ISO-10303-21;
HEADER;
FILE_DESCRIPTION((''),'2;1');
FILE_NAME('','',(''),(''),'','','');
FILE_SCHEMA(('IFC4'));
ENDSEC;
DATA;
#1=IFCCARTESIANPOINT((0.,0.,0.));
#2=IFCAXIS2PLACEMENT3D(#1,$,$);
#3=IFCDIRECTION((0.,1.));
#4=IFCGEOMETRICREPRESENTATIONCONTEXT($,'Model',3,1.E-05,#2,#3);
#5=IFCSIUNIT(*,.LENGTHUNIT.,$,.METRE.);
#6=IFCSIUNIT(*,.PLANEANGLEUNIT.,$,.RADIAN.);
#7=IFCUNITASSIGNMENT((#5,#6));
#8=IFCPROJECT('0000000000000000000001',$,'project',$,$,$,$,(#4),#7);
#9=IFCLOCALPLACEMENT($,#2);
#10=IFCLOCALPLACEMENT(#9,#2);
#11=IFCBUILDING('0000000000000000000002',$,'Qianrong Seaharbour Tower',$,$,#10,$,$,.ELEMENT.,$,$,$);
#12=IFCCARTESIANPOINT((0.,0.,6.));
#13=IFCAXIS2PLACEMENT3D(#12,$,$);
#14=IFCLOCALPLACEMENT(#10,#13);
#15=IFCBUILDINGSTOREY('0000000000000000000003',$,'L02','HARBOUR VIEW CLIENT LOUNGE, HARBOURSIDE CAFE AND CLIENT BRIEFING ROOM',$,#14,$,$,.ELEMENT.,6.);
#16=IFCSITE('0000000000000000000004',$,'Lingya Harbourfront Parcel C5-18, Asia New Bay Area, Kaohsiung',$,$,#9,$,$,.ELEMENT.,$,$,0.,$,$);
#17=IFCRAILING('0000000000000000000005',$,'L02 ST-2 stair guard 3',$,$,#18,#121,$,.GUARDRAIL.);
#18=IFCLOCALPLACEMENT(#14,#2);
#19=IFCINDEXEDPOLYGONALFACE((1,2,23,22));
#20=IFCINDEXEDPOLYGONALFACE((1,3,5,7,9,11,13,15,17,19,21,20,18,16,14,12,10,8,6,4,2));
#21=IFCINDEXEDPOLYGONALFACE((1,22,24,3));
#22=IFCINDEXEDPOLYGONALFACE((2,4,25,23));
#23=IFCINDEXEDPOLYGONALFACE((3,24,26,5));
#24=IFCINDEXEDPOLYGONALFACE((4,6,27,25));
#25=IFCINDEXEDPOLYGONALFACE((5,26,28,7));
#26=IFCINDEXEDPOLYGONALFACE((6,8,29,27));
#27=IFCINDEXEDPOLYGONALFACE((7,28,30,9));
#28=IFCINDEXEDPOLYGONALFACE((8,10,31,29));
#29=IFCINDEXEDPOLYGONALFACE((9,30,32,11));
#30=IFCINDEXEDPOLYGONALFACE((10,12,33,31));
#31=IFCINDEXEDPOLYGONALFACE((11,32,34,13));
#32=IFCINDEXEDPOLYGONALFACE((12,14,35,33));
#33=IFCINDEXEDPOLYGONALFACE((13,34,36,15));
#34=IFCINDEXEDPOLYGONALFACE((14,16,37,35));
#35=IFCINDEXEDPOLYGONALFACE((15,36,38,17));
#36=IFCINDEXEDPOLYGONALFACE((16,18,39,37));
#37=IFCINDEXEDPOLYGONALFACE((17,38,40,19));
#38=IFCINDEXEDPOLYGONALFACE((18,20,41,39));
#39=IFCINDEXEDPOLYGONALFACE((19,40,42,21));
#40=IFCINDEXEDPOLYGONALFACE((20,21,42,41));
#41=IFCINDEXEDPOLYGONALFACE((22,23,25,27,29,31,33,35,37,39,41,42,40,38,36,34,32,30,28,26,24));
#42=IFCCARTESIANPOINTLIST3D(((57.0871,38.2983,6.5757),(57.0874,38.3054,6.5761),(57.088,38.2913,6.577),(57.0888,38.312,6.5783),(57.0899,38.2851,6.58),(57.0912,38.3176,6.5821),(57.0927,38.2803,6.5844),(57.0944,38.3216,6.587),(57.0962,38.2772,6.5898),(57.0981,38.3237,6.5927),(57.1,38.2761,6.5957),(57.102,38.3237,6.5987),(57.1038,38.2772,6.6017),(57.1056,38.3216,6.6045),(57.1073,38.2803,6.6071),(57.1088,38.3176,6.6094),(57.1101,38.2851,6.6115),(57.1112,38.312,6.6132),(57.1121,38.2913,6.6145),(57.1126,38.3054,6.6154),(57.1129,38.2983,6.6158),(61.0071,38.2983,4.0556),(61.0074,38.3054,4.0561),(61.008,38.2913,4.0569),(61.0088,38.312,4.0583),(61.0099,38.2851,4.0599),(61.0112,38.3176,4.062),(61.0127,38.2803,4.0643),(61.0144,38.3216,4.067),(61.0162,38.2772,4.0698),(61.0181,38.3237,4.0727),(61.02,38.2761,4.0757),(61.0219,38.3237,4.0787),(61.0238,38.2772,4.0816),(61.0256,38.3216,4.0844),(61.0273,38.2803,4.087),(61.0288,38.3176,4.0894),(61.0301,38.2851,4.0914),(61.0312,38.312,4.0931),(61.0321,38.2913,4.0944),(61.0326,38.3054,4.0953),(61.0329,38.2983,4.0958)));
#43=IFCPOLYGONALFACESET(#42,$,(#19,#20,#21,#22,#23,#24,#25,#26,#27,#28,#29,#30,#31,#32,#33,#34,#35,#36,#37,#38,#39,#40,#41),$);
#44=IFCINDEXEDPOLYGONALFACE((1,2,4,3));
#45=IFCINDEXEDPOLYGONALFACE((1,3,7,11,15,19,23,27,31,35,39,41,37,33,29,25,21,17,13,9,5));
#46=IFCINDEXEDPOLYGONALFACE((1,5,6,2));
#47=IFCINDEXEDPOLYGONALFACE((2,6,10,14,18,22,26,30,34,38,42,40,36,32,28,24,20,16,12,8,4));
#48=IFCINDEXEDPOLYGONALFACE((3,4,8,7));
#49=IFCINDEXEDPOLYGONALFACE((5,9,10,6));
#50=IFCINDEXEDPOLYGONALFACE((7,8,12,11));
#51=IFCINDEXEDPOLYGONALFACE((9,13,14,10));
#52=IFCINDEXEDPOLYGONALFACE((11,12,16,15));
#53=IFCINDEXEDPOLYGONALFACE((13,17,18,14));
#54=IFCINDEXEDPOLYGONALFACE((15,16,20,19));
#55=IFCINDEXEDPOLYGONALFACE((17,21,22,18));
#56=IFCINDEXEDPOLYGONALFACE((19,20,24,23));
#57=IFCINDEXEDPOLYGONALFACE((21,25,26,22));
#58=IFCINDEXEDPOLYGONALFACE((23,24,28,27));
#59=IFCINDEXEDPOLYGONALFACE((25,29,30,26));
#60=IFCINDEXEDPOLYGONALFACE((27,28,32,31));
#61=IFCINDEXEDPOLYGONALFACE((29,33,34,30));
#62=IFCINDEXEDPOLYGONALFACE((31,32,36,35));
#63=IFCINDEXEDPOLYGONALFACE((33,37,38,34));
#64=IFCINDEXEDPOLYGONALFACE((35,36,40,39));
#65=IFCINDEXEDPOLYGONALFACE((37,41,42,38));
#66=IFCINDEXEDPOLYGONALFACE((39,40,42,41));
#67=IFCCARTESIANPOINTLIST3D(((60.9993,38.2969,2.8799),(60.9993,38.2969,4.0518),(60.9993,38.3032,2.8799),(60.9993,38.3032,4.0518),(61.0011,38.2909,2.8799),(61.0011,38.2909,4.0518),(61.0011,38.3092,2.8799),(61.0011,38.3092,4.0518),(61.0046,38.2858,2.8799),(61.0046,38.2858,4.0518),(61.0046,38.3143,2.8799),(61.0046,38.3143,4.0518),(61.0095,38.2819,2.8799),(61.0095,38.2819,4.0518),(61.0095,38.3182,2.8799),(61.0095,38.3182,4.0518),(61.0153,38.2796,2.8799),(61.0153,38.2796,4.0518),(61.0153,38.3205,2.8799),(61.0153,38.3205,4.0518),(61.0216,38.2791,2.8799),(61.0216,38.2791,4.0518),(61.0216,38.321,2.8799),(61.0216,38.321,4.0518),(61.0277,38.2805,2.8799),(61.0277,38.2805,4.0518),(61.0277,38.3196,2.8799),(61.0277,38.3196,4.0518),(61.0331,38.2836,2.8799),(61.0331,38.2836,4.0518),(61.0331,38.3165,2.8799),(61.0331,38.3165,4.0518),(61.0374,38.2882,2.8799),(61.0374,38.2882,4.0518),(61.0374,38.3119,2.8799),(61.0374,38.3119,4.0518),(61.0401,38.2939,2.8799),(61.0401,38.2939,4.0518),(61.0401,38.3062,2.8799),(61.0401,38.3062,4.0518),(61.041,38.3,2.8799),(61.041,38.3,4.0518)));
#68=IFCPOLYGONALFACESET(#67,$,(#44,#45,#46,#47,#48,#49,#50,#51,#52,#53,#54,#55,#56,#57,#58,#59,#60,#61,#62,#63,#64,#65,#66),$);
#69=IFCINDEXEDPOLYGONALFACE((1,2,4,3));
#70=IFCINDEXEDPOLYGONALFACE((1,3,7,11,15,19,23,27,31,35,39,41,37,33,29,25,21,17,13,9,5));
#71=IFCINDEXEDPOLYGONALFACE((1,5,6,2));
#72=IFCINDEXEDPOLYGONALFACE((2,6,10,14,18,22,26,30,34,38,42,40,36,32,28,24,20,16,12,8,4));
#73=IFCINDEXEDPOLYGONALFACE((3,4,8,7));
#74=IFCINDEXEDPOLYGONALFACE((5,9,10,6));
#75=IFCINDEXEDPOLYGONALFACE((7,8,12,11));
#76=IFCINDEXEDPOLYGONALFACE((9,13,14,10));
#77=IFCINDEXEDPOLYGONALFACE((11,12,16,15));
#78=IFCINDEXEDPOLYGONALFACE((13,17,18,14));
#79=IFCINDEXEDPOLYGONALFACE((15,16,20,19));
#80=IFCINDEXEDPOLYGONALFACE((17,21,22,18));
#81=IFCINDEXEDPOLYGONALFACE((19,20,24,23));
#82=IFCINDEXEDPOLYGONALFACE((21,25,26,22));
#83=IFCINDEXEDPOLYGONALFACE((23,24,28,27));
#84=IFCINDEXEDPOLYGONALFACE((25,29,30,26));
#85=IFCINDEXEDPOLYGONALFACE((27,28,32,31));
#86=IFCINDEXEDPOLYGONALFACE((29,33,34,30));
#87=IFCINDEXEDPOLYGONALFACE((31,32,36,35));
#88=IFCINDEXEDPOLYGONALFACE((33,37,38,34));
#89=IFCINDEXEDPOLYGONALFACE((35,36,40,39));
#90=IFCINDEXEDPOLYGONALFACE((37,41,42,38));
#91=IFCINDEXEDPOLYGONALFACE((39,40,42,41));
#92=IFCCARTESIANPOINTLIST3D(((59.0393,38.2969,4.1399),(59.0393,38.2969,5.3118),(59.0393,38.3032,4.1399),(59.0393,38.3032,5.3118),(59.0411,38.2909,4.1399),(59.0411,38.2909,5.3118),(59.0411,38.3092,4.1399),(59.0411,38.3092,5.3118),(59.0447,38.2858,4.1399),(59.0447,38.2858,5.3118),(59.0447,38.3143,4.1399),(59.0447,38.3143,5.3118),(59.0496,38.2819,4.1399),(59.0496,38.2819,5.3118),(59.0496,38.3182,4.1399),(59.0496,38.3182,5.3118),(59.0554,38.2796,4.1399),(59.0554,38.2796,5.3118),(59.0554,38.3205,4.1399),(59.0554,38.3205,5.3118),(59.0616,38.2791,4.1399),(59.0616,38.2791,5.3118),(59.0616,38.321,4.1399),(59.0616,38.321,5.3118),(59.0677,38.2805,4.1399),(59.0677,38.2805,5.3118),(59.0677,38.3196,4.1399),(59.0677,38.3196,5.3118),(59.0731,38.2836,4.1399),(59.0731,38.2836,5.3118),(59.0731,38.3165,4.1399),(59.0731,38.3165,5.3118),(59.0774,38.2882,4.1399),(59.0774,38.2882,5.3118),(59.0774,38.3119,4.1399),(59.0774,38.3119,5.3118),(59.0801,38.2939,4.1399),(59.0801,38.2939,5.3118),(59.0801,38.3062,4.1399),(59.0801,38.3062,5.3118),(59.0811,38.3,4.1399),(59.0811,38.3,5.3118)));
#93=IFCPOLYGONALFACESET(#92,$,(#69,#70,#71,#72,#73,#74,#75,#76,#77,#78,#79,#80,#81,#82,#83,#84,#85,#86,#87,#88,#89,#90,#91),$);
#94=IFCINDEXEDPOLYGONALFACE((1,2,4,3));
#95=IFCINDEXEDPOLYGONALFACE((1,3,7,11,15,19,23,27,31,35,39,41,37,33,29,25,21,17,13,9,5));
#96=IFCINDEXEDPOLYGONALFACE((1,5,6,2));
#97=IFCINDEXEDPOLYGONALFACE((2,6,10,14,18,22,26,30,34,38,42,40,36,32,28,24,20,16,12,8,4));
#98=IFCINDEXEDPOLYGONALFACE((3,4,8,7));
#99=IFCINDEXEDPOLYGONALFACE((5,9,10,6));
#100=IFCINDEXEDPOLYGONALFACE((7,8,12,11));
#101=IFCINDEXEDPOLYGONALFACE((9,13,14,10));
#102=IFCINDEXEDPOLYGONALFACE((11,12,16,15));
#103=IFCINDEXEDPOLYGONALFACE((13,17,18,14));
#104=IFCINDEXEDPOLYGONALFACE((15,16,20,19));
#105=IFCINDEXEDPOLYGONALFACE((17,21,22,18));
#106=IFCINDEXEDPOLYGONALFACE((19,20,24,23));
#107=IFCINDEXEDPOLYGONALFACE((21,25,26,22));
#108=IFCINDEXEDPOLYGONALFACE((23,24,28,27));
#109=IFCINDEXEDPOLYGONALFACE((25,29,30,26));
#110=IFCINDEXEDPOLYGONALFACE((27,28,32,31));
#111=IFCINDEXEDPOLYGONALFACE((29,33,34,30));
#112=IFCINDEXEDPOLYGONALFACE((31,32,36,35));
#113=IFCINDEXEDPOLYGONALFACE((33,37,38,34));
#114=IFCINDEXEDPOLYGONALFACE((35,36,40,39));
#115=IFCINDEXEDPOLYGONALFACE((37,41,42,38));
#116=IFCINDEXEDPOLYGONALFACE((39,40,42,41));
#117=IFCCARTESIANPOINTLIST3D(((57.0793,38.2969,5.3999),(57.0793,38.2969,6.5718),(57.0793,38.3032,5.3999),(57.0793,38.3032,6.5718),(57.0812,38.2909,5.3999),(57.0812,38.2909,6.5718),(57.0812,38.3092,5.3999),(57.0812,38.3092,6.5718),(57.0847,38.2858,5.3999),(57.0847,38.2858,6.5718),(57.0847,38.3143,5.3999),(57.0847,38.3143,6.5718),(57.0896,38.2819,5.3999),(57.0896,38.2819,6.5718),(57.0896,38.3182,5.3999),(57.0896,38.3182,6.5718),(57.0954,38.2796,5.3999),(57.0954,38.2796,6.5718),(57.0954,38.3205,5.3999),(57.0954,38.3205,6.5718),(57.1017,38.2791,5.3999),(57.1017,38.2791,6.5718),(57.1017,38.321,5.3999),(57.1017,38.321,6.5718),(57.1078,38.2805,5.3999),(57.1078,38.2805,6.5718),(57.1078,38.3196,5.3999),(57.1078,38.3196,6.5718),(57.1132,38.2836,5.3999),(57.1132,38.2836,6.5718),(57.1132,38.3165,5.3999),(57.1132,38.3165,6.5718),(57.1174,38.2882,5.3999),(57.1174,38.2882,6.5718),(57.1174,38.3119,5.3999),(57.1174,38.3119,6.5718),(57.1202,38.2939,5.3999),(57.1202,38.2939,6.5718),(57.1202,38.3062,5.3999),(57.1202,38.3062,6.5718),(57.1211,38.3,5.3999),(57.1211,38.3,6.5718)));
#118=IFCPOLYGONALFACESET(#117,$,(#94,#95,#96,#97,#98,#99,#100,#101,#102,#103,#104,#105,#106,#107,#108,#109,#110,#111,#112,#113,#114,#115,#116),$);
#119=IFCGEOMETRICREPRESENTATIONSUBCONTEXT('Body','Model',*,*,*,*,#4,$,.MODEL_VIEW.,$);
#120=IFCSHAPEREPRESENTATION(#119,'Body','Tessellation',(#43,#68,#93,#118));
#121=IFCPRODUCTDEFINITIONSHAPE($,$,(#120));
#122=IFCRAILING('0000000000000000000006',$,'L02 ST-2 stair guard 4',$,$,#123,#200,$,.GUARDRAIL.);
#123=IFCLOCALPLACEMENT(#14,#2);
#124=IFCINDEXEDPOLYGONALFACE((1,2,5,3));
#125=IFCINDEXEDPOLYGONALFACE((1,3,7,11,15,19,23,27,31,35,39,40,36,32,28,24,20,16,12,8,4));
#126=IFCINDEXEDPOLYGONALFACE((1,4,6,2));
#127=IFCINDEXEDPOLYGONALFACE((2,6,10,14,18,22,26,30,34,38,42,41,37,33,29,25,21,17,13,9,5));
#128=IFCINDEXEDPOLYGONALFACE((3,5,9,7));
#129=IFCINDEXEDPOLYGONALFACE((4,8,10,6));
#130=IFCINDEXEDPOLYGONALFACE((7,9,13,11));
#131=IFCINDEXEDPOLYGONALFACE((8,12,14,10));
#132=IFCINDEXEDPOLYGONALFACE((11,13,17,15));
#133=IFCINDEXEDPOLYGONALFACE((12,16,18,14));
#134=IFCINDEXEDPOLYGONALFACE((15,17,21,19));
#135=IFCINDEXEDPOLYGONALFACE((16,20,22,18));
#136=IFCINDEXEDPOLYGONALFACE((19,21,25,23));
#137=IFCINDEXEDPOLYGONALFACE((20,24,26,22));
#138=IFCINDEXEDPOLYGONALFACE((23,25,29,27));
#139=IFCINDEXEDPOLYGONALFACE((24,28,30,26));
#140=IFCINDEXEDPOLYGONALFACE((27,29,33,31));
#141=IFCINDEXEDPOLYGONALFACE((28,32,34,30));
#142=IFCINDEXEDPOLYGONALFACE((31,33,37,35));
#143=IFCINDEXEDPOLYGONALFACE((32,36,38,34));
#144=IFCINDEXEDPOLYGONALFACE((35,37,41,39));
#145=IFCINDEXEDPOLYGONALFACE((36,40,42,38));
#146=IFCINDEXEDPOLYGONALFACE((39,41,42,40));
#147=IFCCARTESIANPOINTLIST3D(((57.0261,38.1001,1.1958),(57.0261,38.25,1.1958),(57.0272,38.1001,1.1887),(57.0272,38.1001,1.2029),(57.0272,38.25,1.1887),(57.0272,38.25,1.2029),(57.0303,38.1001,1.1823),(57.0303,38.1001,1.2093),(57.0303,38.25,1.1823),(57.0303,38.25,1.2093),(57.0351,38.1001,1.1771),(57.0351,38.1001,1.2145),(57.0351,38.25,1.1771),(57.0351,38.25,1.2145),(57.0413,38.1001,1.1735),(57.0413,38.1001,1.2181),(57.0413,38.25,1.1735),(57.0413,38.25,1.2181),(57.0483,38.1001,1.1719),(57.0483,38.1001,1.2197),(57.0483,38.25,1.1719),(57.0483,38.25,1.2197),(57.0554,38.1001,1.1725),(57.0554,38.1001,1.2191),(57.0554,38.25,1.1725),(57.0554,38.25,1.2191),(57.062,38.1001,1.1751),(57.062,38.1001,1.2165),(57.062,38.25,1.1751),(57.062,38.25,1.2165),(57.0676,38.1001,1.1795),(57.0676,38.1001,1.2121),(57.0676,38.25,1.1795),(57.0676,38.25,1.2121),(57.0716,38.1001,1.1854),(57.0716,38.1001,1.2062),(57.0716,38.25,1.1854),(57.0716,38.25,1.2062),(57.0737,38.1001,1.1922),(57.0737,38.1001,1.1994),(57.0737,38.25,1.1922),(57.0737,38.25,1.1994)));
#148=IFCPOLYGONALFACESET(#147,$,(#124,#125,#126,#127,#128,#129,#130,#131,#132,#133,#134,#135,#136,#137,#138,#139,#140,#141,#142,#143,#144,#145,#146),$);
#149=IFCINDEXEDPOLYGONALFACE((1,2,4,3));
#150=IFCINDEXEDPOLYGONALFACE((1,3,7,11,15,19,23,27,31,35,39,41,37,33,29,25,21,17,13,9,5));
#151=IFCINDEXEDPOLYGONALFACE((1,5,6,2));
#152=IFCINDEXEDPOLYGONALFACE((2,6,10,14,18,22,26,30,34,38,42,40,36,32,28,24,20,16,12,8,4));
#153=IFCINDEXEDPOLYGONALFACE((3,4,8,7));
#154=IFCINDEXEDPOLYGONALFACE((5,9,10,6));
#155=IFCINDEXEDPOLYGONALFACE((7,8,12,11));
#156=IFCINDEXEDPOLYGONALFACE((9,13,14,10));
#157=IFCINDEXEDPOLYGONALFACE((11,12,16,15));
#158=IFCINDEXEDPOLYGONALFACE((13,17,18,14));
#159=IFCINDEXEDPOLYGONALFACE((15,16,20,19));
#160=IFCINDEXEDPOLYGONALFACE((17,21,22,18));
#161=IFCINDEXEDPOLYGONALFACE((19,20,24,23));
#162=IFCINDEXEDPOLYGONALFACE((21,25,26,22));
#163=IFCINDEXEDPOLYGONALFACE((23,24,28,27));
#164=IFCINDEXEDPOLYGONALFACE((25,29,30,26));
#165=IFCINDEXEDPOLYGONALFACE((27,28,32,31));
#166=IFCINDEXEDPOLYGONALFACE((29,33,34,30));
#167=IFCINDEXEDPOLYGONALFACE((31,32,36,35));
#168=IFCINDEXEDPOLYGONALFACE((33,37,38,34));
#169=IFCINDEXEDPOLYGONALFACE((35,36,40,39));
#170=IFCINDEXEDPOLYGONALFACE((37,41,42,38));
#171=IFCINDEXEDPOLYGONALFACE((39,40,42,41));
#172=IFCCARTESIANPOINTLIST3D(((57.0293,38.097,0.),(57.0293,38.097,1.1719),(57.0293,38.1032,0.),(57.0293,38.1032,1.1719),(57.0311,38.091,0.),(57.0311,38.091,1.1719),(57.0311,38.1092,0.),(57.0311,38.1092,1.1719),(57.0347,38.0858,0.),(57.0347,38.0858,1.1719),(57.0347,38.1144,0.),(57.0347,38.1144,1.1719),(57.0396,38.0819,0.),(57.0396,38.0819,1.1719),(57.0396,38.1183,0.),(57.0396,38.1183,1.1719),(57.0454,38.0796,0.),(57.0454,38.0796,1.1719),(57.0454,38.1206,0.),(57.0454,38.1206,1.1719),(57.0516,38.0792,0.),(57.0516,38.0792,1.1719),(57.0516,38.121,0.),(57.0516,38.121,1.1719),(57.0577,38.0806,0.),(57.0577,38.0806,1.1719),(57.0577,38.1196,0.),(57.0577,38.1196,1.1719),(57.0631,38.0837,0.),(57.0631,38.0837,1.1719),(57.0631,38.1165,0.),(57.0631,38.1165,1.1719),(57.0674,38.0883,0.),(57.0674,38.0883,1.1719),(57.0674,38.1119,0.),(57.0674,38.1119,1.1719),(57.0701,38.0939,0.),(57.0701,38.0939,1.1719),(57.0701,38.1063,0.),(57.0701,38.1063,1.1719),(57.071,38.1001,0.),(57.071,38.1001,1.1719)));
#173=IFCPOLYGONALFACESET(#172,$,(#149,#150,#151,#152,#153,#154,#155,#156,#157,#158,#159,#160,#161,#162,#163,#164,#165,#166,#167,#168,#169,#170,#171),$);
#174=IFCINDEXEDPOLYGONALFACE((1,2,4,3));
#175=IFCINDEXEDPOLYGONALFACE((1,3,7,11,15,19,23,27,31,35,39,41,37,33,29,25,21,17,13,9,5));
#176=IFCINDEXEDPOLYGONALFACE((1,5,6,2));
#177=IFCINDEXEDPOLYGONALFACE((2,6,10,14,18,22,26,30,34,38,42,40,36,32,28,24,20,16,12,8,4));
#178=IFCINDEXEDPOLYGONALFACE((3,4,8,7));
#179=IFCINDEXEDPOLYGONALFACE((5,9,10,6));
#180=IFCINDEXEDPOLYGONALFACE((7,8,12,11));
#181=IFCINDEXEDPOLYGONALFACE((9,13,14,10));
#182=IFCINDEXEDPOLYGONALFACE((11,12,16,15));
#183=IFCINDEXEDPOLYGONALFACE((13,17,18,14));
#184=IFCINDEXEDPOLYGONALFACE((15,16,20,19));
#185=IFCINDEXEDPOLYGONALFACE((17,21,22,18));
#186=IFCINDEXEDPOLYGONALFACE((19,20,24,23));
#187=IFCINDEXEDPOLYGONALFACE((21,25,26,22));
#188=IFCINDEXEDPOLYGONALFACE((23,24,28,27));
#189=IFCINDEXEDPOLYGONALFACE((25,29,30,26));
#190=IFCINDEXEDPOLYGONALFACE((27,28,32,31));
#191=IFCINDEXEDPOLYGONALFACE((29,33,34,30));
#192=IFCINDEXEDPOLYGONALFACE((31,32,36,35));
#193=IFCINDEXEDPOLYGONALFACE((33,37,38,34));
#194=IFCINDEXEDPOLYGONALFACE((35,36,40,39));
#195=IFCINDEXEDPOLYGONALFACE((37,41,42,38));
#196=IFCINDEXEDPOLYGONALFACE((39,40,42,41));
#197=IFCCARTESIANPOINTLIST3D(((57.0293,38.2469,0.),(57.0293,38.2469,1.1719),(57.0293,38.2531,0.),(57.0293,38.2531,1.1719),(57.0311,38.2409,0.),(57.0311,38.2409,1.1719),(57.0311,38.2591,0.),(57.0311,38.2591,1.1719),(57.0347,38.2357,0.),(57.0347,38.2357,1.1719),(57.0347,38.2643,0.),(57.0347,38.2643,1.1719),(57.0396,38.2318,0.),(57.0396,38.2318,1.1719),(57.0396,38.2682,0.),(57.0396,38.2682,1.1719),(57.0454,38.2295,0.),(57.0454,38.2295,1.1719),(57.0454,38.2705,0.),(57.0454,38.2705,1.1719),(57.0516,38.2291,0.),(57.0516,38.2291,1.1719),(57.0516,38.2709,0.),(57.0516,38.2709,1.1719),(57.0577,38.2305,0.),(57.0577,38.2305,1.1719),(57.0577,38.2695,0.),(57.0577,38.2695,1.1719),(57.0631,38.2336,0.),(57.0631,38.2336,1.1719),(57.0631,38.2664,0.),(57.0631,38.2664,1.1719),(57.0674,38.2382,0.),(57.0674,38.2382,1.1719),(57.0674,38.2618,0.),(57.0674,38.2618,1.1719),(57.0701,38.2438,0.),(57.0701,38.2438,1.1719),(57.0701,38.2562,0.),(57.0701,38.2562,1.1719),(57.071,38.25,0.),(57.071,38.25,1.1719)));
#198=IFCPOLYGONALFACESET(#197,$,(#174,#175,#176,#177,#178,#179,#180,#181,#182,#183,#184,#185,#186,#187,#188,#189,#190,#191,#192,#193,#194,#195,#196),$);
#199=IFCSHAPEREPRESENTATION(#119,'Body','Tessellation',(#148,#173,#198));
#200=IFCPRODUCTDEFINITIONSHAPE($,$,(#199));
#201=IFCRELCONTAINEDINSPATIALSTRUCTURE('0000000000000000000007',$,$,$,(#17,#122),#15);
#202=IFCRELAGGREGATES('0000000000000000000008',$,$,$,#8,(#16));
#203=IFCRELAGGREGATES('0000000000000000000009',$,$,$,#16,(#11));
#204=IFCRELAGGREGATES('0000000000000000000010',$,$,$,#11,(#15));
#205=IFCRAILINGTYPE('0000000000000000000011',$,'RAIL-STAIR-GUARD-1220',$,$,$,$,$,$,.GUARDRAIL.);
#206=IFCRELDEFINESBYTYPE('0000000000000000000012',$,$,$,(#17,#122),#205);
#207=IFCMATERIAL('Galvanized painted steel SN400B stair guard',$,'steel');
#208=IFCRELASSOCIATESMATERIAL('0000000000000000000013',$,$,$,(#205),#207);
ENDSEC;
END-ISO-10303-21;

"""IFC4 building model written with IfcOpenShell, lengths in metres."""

from ifc_helpers import new_model, si_unit, direction, frame, origin, origin_2d, place, context, subcontext, project, spatial, circle, extrude, material, type_object, element, save


model = new_model("IFC4")

# Units and contexts
model_context = context("Model", 3, precision=1e-05, world=origin(), true_north=direction((0.0, 1.0)))
body_context = subcontext(model_context, "Body", "Model", "MODEL_VIEW")
ifc_project = project(units=[si_unit("LENGTHUNIT", "METRE"), si_unit("PLANEANGLEUNIT", "RADIAN")], contexts=[model_context])

# Site, building, storey
site_placement = place(None, origin())
site = spatial("IfcSite", under=ifc_project, at=site_placement, Name="Lingya Harbourfront Parcel C5-18, Asia New Bay Area, Kaohsiung", CompositionType="ELEMENT", RefElevation=0.0)
building_placement = place(site_placement, origin())
building = spatial("IfcBuilding", under=site, at=building_placement, Name="Qianrong Seaharbour Tower", CompositionType="ELEMENT")
storey_placement = place(building_placement, frame((0.0, 0.0, 6.0)))
storey = spatial("IfcBuildingStorey", under=building, at=storey_placement, Name="L02", Description="HARBOUR VIEW CLIENT LOUNGE, HARBOURSIDE CAFE AND CLIENT BRIEFING ROOM", CompositionType="ELEMENT", Elevation=6.0)

# Railings
ifc_material_1 = material(Name="Galvanized painted steel SN400B stair guard", Category="steel")
railing_type_1 = type_object("IfcRailingType", Name="RAIL-STAIR-GUARD-1220", PredefinedType="GUARDRAIL", material=ifc_material_1)
railing_1_placement = place(storey_placement, frame((61.02, 38.3, 2.8799)))
element("IfcRailing", 1, at=railing_1_placement, inside=storey, type_object=railing_type_1, Name="L02 ST-2 stair guard 3", PredefinedType="GUARDRAIL", context=body_context, shape_type="SweptSolid", body=[
    extrude(circle(Radius=0.0239, at=origin_2d()), frame((0.0, 0.0, 1.1958), z_axis=(-0.841172, 0.0, 0.540768), x_axis=(0.0, -1.0, 0.0)), (0.0, 0.0, 1.0), 4.6602),
    extrude(circle(Radius=0.021, at=origin_2d()), origin(), (0.0, 0.0, 1.0), 1.1719),
    extrude(circle(Radius=0.021, at=origin_2d()), frame((-1.96, 0.0, 1.26)), (0.0, 0.0, 1.0), 1.1719),
    extrude(circle(Radius=0.021, at=origin_2d()), frame((-3.9199, 0.0, 2.52)), (0.0, 0.0, 1.0), 1.1719),
])
railing_2_placement = place(storey_placement, frame((57.05, 38.1001, 0.0)))
element("IfcRailing", 2, at=railing_2_placement, inside=storey, type_object=railing_type_1, Name="L02 ST-2 stair guard 4", PredefinedType="GUARDRAIL", context=body_context, shape_type="SweptSolid", body=[
    extrude(circle(Radius=0.0239, at=origin_2d()), frame((0.0, 0.0, 1.1958), z_axis=(0.0, 1.0, 0.0), x_axis=(-1.0, 0.0, 0.0)), (0.0, 0.0, 1.0), 0.1499),
    extrude(circle(Radius=0.021, at=origin_2d()), origin(), (0.0, 0.0, 1.0), 1.1719),
    extrude(circle(Radius=0.021, at=origin_2d()), frame((0.0, 0.1499, 0.0)), (0.0, 0.0, 1.0), 1.1719),
])

save(model, "model.ifc")
